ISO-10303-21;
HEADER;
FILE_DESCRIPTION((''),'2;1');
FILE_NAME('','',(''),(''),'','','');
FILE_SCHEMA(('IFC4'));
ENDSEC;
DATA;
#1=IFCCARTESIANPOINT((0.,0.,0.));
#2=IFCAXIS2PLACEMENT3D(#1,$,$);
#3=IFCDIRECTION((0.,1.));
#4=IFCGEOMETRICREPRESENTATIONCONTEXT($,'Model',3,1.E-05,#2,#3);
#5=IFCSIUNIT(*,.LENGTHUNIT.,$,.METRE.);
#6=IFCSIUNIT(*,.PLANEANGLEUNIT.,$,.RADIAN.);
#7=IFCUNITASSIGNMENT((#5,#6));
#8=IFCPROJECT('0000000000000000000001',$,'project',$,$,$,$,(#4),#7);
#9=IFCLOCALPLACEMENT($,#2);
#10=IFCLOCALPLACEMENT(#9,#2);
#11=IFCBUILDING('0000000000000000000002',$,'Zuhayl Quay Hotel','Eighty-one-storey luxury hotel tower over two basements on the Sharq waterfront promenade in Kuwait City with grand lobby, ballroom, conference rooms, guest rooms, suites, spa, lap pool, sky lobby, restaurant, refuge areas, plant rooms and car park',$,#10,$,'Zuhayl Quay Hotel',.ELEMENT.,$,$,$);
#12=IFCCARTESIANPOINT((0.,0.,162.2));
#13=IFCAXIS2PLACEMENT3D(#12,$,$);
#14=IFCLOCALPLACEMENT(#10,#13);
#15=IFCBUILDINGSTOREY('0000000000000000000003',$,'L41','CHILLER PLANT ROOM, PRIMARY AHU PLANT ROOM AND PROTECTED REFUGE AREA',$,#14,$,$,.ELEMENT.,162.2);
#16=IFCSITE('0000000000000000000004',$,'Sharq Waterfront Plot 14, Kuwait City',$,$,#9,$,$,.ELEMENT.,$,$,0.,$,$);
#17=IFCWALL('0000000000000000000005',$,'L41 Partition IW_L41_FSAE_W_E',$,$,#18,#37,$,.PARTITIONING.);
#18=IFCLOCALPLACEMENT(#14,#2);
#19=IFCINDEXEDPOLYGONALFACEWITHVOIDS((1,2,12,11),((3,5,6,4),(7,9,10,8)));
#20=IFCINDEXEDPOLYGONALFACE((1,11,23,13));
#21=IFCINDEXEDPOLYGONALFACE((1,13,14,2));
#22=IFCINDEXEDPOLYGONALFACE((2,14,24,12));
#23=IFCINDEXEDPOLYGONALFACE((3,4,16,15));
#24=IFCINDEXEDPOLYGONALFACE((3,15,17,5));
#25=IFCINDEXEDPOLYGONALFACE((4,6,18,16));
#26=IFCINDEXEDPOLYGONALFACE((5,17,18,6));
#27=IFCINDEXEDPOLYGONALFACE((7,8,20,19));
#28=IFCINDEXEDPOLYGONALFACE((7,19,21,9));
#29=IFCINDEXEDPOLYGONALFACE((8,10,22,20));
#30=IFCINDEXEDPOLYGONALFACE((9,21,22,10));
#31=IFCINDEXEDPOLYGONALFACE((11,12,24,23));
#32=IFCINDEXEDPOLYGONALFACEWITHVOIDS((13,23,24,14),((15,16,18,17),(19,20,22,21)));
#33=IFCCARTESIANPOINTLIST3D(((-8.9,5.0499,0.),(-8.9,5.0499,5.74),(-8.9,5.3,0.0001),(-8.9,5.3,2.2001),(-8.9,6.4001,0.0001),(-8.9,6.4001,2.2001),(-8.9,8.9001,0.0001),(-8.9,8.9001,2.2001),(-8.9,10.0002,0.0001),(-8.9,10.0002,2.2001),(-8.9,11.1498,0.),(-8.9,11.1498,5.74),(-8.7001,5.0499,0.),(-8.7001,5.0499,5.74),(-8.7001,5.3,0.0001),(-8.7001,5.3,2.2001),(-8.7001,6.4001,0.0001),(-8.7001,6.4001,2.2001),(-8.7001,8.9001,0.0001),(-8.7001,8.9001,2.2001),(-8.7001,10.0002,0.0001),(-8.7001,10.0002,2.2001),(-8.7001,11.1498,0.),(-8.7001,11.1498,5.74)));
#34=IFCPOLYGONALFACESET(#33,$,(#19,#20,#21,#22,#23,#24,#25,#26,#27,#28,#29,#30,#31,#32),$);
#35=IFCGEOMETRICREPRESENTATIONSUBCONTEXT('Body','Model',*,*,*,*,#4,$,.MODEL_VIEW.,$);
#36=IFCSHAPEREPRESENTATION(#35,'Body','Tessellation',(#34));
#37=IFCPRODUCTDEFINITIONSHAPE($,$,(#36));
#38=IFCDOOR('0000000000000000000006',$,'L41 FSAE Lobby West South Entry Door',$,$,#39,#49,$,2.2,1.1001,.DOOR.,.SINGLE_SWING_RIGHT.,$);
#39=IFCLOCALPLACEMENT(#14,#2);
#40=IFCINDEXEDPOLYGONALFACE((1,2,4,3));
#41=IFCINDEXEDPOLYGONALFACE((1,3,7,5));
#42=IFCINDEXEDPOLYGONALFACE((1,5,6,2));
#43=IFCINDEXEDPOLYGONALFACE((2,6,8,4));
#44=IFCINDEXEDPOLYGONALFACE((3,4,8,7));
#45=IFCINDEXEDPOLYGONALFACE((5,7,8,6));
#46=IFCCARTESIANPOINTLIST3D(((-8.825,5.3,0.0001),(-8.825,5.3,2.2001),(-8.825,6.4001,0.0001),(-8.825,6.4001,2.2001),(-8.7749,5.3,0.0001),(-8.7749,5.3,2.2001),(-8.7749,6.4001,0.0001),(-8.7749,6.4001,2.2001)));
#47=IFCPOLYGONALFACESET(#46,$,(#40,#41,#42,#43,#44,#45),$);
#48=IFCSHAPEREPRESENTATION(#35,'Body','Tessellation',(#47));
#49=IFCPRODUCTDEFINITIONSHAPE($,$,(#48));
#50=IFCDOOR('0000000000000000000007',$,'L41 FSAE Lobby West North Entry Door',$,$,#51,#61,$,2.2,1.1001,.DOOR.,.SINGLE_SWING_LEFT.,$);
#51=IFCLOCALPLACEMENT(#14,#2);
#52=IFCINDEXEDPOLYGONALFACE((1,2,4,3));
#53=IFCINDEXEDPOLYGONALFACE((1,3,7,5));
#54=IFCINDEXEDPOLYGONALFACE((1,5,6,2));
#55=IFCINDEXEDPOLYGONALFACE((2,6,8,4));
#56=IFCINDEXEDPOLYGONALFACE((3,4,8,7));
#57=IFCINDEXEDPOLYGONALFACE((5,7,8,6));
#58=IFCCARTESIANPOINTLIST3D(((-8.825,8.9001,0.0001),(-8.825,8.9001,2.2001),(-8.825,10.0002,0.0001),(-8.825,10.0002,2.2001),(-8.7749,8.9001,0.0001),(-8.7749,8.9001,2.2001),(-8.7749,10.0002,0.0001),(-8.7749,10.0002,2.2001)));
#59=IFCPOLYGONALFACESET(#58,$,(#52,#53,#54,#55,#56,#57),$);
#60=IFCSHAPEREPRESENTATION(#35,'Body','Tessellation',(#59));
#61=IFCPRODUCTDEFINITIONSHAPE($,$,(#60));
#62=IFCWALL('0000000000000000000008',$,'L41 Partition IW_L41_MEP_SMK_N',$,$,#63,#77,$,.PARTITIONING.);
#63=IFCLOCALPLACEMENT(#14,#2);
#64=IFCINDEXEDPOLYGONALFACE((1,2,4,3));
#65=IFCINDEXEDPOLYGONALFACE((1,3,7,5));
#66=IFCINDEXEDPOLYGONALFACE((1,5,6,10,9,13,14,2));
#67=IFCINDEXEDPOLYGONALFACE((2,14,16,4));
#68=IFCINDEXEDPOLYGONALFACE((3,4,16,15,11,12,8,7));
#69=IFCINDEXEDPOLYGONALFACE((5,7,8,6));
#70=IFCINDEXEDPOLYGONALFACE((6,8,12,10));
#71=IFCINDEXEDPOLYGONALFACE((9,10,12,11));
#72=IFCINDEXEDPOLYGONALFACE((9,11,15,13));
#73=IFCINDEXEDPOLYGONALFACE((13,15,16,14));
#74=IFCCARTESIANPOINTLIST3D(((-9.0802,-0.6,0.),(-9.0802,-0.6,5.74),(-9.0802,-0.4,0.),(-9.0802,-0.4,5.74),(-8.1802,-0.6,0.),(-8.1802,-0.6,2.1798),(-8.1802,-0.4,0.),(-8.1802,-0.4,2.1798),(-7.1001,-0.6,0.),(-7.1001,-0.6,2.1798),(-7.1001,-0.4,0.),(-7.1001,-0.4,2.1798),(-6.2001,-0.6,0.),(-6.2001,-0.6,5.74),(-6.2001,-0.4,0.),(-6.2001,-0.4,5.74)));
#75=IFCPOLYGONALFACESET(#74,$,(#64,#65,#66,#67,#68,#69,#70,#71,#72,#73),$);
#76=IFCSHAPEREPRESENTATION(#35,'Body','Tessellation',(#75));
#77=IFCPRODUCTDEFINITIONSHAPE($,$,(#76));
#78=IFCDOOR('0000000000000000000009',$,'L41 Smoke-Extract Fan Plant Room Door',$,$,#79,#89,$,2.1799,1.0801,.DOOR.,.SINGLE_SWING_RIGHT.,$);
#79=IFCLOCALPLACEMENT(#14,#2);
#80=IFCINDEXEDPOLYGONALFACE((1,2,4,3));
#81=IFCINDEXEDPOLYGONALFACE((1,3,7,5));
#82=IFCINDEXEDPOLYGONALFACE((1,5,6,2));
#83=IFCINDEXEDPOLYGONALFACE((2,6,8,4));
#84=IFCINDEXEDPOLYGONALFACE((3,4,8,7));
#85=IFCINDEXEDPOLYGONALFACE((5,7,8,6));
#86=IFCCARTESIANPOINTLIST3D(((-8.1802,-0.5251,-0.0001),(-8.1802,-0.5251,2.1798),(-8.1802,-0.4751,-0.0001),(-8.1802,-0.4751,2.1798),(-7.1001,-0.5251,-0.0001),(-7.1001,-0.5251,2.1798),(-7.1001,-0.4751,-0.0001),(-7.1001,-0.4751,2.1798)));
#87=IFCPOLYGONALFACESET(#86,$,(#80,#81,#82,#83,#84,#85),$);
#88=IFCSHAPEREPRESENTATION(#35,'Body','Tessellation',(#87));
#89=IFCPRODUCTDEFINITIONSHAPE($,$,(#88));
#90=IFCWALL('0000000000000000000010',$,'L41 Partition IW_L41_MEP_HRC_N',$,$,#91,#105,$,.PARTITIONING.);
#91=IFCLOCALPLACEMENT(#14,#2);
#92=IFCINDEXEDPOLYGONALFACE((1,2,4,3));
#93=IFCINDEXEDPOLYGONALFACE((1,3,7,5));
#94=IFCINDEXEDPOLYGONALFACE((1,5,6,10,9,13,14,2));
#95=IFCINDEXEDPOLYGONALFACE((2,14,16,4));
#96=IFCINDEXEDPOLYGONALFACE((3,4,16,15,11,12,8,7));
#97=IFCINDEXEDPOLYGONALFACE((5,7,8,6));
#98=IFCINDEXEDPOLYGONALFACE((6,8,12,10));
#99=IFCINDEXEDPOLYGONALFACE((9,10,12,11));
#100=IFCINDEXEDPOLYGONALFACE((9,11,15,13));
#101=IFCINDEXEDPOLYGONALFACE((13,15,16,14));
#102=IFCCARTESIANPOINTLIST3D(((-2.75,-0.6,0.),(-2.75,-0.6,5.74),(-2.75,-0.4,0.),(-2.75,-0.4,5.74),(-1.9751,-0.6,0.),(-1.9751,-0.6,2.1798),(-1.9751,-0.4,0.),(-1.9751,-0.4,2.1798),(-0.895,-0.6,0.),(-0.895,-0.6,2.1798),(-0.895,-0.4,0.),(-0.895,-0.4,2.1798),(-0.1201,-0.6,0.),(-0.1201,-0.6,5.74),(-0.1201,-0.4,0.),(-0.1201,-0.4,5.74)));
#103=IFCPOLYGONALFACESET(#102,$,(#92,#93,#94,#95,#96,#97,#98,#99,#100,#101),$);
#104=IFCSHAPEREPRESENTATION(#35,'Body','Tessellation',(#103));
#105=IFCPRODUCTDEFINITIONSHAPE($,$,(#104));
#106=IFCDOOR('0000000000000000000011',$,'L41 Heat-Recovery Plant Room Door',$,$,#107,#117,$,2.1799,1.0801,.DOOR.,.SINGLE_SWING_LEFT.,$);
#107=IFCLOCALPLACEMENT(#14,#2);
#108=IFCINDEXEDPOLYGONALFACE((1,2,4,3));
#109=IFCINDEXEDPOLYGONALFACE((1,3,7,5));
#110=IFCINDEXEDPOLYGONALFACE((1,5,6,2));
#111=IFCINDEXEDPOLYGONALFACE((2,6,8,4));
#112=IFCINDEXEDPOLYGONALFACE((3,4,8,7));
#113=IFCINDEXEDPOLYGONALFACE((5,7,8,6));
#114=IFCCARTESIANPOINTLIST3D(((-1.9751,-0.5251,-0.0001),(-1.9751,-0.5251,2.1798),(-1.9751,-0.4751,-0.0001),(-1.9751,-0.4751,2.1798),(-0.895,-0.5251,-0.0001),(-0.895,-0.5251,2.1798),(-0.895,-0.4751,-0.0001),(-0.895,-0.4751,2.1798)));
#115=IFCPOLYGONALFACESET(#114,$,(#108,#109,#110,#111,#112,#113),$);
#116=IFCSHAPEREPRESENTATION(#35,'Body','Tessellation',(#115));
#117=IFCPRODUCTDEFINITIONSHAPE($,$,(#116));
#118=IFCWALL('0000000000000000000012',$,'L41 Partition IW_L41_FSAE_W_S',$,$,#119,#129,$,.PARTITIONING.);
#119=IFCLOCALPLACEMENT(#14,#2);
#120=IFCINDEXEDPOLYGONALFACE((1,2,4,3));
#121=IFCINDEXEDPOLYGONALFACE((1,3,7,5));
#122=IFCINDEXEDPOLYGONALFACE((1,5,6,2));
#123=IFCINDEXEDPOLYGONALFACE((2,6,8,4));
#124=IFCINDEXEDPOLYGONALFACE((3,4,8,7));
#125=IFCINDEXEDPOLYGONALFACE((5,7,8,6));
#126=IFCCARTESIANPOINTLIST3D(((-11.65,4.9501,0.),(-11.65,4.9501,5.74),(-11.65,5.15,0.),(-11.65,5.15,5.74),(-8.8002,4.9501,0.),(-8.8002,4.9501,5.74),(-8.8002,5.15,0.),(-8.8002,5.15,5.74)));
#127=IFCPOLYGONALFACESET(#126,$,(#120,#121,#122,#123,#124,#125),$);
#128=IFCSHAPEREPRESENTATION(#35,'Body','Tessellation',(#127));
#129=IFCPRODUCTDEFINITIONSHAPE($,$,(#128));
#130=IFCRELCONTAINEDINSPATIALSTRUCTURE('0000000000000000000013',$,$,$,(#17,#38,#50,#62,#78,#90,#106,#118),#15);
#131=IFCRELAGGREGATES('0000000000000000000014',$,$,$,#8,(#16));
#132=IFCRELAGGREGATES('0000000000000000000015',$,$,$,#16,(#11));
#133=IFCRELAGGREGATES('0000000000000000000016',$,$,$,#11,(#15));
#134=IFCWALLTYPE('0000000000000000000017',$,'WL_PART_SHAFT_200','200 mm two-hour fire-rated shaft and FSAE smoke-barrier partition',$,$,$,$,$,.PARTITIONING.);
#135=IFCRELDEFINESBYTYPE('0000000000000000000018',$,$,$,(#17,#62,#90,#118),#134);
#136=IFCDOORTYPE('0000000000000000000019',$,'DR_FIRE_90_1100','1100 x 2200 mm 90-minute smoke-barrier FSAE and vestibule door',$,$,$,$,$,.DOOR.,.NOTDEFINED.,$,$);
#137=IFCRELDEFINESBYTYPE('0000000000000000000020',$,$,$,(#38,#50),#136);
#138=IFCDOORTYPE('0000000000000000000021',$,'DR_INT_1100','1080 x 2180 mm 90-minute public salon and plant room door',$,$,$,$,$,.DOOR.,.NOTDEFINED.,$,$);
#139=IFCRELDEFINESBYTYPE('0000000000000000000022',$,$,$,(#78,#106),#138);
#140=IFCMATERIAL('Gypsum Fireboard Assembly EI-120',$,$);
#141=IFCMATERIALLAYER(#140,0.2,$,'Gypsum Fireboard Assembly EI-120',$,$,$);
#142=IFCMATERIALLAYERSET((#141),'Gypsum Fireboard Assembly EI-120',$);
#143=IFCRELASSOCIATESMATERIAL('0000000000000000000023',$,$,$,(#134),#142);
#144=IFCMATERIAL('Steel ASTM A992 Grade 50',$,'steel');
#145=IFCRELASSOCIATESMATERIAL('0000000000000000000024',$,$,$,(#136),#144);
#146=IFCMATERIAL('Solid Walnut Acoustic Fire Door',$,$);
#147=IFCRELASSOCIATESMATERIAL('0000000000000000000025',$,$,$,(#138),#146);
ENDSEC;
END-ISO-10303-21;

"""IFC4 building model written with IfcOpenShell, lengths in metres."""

from ifc_helpers import new_model, si_unit, direction, frame, frame_2d, origin, place, context, subcontext, project, spatial, rectangle, extrude, material, layer, layer_set, type_object, element, fill, save


model = new_model("IFC4")

# Units and contexts
model_context = context("Model", 3, precision=1e-05, world=origin(), true_north=direction((0.0, 1.0)))
body_context = subcontext(model_context, "Body", "Model", "MODEL_VIEW")
ifc_project = project(units=[si_unit("LENGTHUNIT", "METRE"), si_unit("PLANEANGLEUNIT", "RADIAN")], contexts=[model_context])

# Site, building, storey
site_placement = place(None, origin())
site = spatial("IfcSite", under=ifc_project, at=site_placement, Name="Sharq Waterfront Plot 14, Kuwait City", CompositionType="ELEMENT", RefElevation=0.0)
building_placement = place(site_placement, origin())
building = spatial("IfcBuilding", under=site, at=building_placement, Name="Zuhayl Quay Hotel", Description="Eighty-one-storey luxury hotel tower over two basements on the Sharq waterfront promenade in Kuwait City with grand lobby, ballroom, conference rooms, guest rooms, suites, spa, lap pool, sky lobby, restaurant, refuge areas, plant rooms and car park", LongName="Zuhayl Quay Hotel", CompositionType="ELEMENT")
storey_placement = place(building_placement, frame((0.0, 0.0, 162.2)))
storey = spatial("IfcBuildingStorey", under=building, at=storey_placement, Name="L41", Description="CHILLER PLANT ROOM, PRIMARY AHU PLANT ROOM AND PROTECTED REFUGE AREA", CompositionType="ELEMENT", Elevation=162.2)

# Shared definitions
ifc_material_1 = material(Name="Steel ASTM A992 Grade 50", Category="steel")

# Wall, openings, doors
ifc_material_2 = material(Name="Gypsum Fireboard Assembly EI-120")
ifc_layer_1 = layer(ifc_material_2, 0.2, Name="Gypsum Fireboard Assembly EI-120")
ifc_layer_set_1 = layer_set([ifc_layer_1], Name="Gypsum Fireboard Assembly EI-120")
wall_type_1 = type_object("IfcWallType", Name="WL_PART_SHAFT_200", Description="200 mm two-hour fire-rated shaft and FSAE smoke-barrier partition", PredefinedType="PARTITIONING", material=ifc_layer_set_1)
wall_1_placement = place(storey_placement, frame((-8.8, 5.05, 0.0), z_axis=(0.0, 0.0, 1.0), x_axis=(0.0, 1.0, 0.0)))
wall_1 = element("IfcWall", 1, at=wall_1_placement, inside=storey, type_object=wall_type_1, Name="L41 Partition IW_L41_FSAE_W_E", PredefinedType="PARTITIONING", context=body_context, shape_type="SweptSolid", body=[
    extrude(rectangle(XDim=6.0999, YDim=0.2, at=frame_2d((3.0498, 0.0))), origin(), (0.0, 0.0, 1.0), 5.74),
])
opening_1_placement = place(wall_1_placement, frame((0.25, 0.0, 0.0)))
opening_1 = element("IfcOpeningElement", 2, at=opening_1_placement, cuts=wall_1, PredefinedType="OPENING", context=body_context, shape_type="SweptSolid", body=[
    extrude(rectangle(XDim=1.1001, YDim=2.2, at=frame_2d((0.55, 1.1001))), frame((0.0, 0.1099, 0.0), z_axis=(0.0, -1.0, 0.0), x_axis=(1.0, 0.0, 0.0)), (0.0, 0.0, 1.0), 0.22),
])
opening_2_placement = place(wall_1_placement, frame((3.8501, 0.0, 0.0)))
opening_2 = element("IfcOpeningElement", 3, at=opening_2_placement, cuts=wall_1, PredefinedType="OPENING", context=body_context, shape_type="SweptSolid", body=[
    extrude(rectangle(XDim=1.1001, YDim=2.2, at=frame_2d((0.55, 1.1001))), frame((0.0, 0.1099, 0.0), z_axis=(0.0, -1.0, 0.0), x_axis=(1.0, 0.0, 0.0)), (0.0, 0.0, 1.0), 0.22),
])
door_type_1 = type_object("IfcDoorType", Name="DR_FIRE_90_1100", Description="1100 x 2200 mm 90-minute smoke-barrier FSAE and vestibule door", OperationType="NOTDEFINED", PredefinedType="DOOR", material=ifc_material_1)
door_1_placement = place(opening_1_placement, origin())
door_1 = element("IfcDoor", 4, at=door_1_placement, inside=storey, type_object=door_type_1, Name="L41 FSAE Lobby West South Entry Door", OperationType="SINGLE_SWING_RIGHT", OverallHeight=2.2, OverallWidth=1.1001, PredefinedType="DOOR", context=body_context, shape_type="SweptSolid", body=[
    extrude(rectangle(XDim=1.1001, YDim=2.2, at=frame_2d((0.55, 1.1001))), frame((0.0, 0.0249, 0.0), z_axis=(0.0, -1.0, 0.0), x_axis=(1.0, 0.0, 0.0)), (0.0, 0.0, 1.0), 0.05),
])
fill(opening_1, door_1)
door_2_placement = place(opening_2_placement, origin())
door_2 = element("IfcDoor", 5, at=door_2_placement, inside=storey, type_object=door_type_1, Name="L41 FSAE Lobby West North Entry Door", OperationType="SINGLE_SWING_LEFT", OverallHeight=2.2, OverallWidth=1.1001, PredefinedType="DOOR", context=body_context, shape_type="SweptSolid", body=[
    extrude(rectangle(XDim=1.1001, YDim=2.2, at=frame_2d((0.55, 1.1001))), frame((0.0, 0.0249, 0.0), z_axis=(0.0, -1.0, 0.0), x_axis=(1.0, 0.0, 0.0)), (0.0, 0.0, 1.0), 0.05),
])
fill(opening_2, door_2)

# Walls, openings, doors
wall_2_placement = place(storey_placement, frame((-9.0801, -0.5, 0.0), z_axis=(0.0, 0.0, 1.0), x_axis=(1.0, 0.0, 0.0)))
wall_2 = element("IfcWall", 6, at=wall_2_placement, inside=storey, type_object=wall_type_1, Name="L41 Partition IW_L41_MEP_SMK_N", PredefinedType="PARTITIONING", context=body_context, shape_type="SweptSolid", body=[
    extrude(rectangle(XDim=2.8801, YDim=0.2, at=frame_2d((1.4399, 0.0))), origin(), (0.0, 0.0, 1.0), 5.74),
])
opening_3_placement = place(wall_2_placement, frame((0.8999, 0.0, 0.0)))
opening_3 = element("IfcOpeningElement", 7, at=opening_3_placement, cuts=wall_2, PredefinedType="OPENING", context=body_context, shape_type="SweptSolid", body=[
    extrude(rectangle(XDim=1.0801, YDim=2.1799, at=frame_2d((0.54, 1.0898))), frame((0.0, 0.1099, 0.0), z_axis=(0.0, -1.0, 0.0), x_axis=(1.0, 0.0, 0.0)), (0.0, 0.0, 1.0), 0.22),
])
ifc_material_3 = material(Name="Solid Walnut Acoustic Fire Door")
door_type_2 = type_object("IfcDoorType", Name="DR_INT_1100", Description="1080 x 2180 mm 90-minute public salon and plant room door", OperationType="NOTDEFINED", PredefinedType="DOOR", material=ifc_material_3)
door_3_placement = place(opening_3_placement, origin())
door_3 = element("IfcDoor", 8, at=door_3_placement, inside=storey, type_object=door_type_2, Name="L41 Smoke-Extract Fan Plant Room Door", OperationType="SINGLE_SWING_RIGHT", OverallHeight=2.1799, OverallWidth=1.0801, PredefinedType="DOOR", context=body_context, shape_type="SweptSolid", body=[
    extrude(rectangle(XDim=1.0801, YDim=2.1799, at=frame_2d((0.54, 1.0898))), frame((0.0, 0.0249, 0.0), z_axis=(0.0, -1.0, 0.0), x_axis=(1.0, 0.0, 0.0)), (0.0, 0.0, 1.0), 0.05),
])
fill(opening_3, door_3)
wall_3_placement = place(storey_placement, frame((-2.75, -0.5, 0.0), z_axis=(0.0, 0.0, 1.0), x_axis=(1.0, 0.0, 0.0)))
wall_3 = element("IfcWall", 9, at=wall_3_placement, inside=storey, type_object=wall_type_1, Name="L41 Partition IW_L41_MEP_HRC_N", PredefinedType="PARTITIONING", context=body_context, shape_type="SweptSolid", body=[
    extrude(rectangle(XDim=2.6299, YDim=0.2, at=frame_2d((1.3149, 0.0))), origin(), (0.0, 0.0, 1.0), 5.74),
])
opening_4_placement = place(wall_3_placement, frame((0.7749, 0.0, 0.0)))
opening_4 = element("IfcOpeningElement", 10, at=opening_4_placement, cuts=wall_3, PredefinedType="OPENING", context=body_context, shape_type="SweptSolid", body=[
    extrude(rectangle(XDim=1.0801, YDim=2.1799, at=frame_2d((0.54, 1.0898))), frame((0.0, 0.1099, 0.0), z_axis=(0.0, -1.0, 0.0), x_axis=(1.0, 0.0, 0.0)), (0.0, 0.0, 1.0), 0.22),
])
door_4_placement = place(opening_4_placement, origin())
door_4 = element("IfcDoor", 11, at=door_4_placement, inside=storey, type_object=door_type_2, Name="L41 Heat-Recovery Plant Room Door", OperationType="SINGLE_SWING_LEFT", OverallHeight=2.1799, OverallWidth=1.0801, PredefinedType="DOOR", context=body_context, shape_type="SweptSolid", body=[
    extrude(rectangle(XDim=1.0801, YDim=2.1799, at=frame_2d((0.54, 1.0898))), frame((0.0, 0.0249, 0.0), z_axis=(0.0, -1.0, 0.0), x_axis=(1.0, 0.0, 0.0)), (0.0, 0.0, 1.0), 0.05),
])
fill(opening_4, door_4)

# Wall
wall_4_placement = place(storey_placement, frame((-11.6499, 5.05, 0.0), z_axis=(0.0, 0.0, 1.0), x_axis=(1.0, 0.0, 0.0)))
element("IfcWall", 12, at=wall_4_placement, inside=storey, type_object=wall_type_1, Name="L41 Partition IW_L41_FSAE_W_S", PredefinedType="PARTITIONING", context=body_context, shape_type="SweptSolid", body=[
    extrude(rectangle(XDim=2.8499, YDim=0.2, at=frame_2d((1.4248, 0.0))), origin(), (0.0, 0.0, 1.0), 5.74),
])

save(model, "model.ifc")
